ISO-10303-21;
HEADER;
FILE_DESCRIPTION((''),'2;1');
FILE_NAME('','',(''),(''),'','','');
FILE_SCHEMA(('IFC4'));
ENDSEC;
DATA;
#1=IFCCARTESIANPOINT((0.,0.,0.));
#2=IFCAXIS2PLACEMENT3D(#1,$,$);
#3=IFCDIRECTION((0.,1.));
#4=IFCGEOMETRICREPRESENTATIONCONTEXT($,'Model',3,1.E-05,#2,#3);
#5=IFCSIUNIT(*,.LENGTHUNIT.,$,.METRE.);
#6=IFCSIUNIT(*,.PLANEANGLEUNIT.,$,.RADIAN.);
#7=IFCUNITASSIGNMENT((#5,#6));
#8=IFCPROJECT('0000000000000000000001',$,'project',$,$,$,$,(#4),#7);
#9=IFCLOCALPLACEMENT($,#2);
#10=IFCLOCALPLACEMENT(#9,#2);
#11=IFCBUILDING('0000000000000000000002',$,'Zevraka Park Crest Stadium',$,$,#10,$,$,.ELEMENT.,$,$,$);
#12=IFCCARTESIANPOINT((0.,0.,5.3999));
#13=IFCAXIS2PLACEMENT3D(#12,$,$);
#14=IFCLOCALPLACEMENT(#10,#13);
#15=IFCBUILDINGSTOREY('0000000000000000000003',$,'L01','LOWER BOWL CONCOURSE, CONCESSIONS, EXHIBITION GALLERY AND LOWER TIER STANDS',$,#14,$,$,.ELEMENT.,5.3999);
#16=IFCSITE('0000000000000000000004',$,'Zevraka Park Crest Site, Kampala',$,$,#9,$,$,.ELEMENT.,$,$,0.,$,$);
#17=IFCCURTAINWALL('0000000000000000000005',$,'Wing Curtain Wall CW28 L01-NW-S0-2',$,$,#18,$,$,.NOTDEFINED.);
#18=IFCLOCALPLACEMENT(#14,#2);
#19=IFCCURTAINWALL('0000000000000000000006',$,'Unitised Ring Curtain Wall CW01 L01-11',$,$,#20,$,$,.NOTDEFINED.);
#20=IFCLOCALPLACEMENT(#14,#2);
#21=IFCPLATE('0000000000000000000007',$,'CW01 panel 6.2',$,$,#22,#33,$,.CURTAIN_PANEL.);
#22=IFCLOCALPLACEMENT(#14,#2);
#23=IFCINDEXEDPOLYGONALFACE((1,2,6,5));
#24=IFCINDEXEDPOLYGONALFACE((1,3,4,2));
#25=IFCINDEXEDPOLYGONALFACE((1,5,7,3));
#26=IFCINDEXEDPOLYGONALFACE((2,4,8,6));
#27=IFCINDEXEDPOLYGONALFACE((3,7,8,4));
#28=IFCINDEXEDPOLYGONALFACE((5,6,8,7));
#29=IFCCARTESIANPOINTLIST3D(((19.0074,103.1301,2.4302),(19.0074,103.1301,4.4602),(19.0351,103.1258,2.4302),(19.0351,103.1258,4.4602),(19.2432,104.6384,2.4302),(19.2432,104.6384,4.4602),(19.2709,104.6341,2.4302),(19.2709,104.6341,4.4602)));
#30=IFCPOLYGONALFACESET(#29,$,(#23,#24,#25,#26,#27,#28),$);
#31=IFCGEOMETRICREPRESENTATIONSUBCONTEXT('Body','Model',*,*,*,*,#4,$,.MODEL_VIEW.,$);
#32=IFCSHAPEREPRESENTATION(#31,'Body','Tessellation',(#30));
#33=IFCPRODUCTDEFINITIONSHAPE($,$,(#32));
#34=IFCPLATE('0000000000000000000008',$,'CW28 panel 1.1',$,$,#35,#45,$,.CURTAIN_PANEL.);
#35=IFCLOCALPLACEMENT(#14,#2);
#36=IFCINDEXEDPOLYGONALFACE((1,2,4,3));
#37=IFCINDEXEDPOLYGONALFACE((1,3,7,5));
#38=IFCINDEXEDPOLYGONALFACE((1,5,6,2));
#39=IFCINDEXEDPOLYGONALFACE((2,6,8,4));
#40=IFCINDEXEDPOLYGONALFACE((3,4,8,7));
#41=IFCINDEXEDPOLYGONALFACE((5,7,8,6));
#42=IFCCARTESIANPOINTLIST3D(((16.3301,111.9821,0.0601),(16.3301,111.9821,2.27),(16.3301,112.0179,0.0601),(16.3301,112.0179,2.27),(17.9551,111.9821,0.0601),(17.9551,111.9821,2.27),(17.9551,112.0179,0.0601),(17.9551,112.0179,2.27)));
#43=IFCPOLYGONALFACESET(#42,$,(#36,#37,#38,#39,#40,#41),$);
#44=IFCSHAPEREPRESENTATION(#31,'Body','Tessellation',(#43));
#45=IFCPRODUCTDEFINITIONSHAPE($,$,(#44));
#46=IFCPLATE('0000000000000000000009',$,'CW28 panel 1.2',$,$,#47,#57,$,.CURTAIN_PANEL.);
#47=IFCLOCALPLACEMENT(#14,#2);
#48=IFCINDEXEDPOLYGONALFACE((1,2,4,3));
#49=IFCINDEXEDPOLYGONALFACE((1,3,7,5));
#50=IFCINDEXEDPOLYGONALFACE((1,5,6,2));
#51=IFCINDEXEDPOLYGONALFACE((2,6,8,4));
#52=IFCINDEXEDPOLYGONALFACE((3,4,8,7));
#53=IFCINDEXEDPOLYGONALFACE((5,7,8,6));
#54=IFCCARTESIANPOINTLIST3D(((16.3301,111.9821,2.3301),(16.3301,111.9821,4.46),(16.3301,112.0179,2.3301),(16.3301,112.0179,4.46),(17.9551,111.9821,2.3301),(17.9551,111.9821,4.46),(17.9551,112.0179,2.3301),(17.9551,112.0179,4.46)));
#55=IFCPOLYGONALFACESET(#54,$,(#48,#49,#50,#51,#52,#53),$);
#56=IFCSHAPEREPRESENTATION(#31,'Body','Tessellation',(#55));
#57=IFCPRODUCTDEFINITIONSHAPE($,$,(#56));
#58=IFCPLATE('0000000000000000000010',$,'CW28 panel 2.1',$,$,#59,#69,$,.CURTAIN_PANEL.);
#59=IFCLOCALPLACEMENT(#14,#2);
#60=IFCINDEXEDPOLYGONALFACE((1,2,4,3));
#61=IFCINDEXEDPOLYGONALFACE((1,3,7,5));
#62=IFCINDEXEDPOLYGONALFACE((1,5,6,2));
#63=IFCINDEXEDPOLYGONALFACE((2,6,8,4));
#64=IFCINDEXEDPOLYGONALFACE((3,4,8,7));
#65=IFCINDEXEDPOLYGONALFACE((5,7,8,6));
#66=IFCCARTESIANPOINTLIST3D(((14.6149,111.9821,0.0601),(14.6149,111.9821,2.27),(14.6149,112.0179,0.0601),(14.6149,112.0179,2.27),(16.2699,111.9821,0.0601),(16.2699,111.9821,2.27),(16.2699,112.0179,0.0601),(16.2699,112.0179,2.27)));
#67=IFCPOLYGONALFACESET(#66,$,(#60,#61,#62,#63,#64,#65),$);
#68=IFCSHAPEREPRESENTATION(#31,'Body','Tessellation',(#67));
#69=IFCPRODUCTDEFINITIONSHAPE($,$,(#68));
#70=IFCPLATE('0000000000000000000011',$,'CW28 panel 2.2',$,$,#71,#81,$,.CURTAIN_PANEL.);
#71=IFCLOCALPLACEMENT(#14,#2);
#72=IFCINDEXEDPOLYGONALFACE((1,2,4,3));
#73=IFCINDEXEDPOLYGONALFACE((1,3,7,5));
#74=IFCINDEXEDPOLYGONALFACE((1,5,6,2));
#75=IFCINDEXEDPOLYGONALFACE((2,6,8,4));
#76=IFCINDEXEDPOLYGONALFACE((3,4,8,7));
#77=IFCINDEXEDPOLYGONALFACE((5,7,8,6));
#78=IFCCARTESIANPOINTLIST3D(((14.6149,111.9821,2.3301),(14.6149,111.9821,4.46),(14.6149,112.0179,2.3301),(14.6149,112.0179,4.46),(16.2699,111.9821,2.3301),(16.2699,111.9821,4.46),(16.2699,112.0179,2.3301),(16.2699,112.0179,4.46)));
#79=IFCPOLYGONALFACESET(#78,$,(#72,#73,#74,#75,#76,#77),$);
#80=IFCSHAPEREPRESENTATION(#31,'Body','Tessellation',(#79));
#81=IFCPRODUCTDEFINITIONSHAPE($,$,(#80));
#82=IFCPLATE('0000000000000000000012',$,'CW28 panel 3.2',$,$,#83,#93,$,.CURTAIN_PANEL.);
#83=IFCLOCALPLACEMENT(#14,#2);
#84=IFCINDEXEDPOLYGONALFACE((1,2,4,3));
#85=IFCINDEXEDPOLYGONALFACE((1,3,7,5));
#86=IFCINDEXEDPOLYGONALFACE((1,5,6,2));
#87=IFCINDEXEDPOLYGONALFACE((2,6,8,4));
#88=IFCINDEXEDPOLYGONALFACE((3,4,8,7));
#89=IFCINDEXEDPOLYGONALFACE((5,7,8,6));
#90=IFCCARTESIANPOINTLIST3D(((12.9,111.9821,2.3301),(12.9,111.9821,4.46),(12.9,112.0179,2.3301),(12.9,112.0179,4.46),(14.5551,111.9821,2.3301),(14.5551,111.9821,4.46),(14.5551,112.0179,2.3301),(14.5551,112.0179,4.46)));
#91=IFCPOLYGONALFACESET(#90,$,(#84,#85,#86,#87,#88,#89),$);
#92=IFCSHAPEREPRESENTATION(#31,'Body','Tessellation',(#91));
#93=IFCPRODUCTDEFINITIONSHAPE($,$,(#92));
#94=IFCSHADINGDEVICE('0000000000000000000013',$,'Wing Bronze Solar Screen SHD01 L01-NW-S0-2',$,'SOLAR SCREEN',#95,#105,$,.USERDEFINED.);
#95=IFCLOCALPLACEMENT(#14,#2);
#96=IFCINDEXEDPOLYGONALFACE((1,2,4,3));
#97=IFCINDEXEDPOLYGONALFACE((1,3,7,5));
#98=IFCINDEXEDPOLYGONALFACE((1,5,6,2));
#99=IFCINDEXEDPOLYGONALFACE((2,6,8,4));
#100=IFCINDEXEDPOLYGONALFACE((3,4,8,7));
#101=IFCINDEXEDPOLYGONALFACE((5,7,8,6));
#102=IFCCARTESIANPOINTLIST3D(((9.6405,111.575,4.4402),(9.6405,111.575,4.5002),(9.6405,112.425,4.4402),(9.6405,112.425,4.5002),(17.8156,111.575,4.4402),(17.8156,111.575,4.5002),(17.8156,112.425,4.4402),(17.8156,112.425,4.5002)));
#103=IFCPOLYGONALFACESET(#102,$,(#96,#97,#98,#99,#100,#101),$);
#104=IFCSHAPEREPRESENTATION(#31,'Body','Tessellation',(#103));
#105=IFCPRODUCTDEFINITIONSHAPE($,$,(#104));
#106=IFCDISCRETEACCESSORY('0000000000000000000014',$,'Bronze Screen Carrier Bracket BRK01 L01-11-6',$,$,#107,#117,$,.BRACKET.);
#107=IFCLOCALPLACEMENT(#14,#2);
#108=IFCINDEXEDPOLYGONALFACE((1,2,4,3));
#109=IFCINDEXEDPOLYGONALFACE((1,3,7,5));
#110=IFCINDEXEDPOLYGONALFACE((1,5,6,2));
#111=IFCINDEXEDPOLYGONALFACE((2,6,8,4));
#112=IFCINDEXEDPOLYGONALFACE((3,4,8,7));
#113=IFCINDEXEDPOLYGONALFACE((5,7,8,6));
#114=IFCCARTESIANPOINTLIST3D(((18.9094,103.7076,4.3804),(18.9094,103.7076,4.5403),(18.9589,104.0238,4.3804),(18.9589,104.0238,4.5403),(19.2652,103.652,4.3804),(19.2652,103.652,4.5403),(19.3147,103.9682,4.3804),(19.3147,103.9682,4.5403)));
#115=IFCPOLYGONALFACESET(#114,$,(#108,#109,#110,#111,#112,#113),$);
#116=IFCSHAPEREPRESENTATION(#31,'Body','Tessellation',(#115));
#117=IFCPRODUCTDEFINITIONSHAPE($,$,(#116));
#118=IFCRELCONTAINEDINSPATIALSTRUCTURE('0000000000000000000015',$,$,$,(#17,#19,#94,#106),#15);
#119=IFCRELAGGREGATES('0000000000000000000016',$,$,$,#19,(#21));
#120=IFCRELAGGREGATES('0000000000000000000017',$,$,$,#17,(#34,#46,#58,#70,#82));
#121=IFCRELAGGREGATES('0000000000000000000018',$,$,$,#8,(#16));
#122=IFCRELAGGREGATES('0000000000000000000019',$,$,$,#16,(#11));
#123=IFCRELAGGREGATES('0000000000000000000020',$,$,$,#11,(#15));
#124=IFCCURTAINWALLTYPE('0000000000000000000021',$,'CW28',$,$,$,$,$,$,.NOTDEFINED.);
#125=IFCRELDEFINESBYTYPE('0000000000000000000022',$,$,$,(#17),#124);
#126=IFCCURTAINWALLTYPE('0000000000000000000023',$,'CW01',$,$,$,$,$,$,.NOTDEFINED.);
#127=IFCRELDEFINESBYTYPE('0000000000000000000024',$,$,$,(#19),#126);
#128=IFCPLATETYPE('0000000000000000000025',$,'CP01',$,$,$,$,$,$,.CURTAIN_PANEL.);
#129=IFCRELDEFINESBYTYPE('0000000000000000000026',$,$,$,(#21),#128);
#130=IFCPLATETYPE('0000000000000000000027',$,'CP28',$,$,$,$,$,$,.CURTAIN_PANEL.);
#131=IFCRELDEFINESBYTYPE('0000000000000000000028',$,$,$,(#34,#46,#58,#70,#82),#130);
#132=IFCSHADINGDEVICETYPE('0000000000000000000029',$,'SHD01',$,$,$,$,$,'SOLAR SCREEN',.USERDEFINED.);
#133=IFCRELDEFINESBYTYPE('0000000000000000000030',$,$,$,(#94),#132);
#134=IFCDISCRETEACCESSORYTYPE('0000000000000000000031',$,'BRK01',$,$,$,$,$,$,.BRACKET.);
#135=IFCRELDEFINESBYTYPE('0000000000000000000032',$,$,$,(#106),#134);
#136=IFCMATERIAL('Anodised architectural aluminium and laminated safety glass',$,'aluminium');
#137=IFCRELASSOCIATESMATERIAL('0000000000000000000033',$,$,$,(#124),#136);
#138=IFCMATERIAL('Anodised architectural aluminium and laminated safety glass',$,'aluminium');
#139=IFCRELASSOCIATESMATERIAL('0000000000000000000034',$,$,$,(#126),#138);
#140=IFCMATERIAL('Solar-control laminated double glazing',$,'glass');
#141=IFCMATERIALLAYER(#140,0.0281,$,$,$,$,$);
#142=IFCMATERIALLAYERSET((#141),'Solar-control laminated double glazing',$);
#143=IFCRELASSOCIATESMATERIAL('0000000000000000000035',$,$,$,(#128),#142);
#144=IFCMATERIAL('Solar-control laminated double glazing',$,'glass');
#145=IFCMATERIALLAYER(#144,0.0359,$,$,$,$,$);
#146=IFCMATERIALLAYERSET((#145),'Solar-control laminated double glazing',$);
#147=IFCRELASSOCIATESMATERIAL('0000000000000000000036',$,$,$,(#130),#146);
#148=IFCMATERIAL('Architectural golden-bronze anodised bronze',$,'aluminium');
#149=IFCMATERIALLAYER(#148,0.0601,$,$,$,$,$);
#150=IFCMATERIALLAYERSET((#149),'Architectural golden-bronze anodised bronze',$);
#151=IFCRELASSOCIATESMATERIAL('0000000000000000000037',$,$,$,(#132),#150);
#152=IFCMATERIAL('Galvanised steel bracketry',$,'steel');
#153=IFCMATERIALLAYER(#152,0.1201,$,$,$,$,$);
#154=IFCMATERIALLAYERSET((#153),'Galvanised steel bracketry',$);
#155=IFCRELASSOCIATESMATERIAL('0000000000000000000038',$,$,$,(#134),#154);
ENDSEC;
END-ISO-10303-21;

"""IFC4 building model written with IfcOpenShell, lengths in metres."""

from ifc_helpers import new_model, si_unit, direction, frame, origin, origin_2d, place, context, subcontext, project, spatial, rectangle, extrude, material, layer, layer_set, type_object, element, aggregate, save


model = new_model("IFC4")

# Units and contexts
model_context = context("Model", 3, precision=1e-05, world=origin(), true_north=direction((0.0, 1.0)))
body_context = subcontext(model_context, "Body", "Model", "MODEL_VIEW")
ifc_project = project(units=[si_unit("LENGTHUNIT", "METRE"), si_unit("PLANEANGLEUNIT", "RADIAN")], contexts=[model_context])

# Site, building, storey
site_placement = place(None, origin())
site = spatial("IfcSite", under=ifc_project, at=site_placement, Name="Zevraka Park Crest Site, Kampala", CompositionType="ELEMENT", RefElevation=0.0)
building_placement = place(site_placement, origin())
building = spatial("IfcBuilding", under=site, at=building_placement, Name="Zevraka Park Crest Stadium", CompositionType="ELEMENT")
storey_placement = place(building_placement, frame((0.0, 0.0, 5.3999)))
storey = spatial("IfcBuildingStorey", under=building, at=storey_placement, Name="L01", Description="LOWER BOWL CONCOURSE, CONCESSIONS, EXHIBITION GALLERY AND LOWER TIER STANDS", CompositionType="ELEMENT", Elevation=5.3999)

# Curtain wall
ifc_material_1 = material(Name="Anodised architectural aluminium and laminated safety glass", Category="aluminium")
curtain_wall_type_1 = type_object("IfcCurtainWallType", Name="CW28", PredefinedType="NOTDEFINED", material=ifc_material_1)
curtain_wall_1_placement = place(storey_placement, origin())
curtain_wall_1 = element("IfcCurtainWall", 1, at=curtain_wall_1_placement, inside=storey, type_object=curtain_wall_type_1, Name="Wing Curtain Wall CW28 L01-NW-S0-2", PredefinedType="NOTDEFINED")

# Curtain wall
ifc_material_2 = material(Name="Anodised architectural aluminium and laminated safety glass", Category="aluminium")
curtain_wall_type_2 = type_object("IfcCurtainWallType", Name="CW01", PredefinedType="NOTDEFINED", material=ifc_material_2)
curtain_wall_2_placement = place(storey_placement, origin())
curtain_wall_2 = element("IfcCurtainWall", 2, at=curtain_wall_2_placement, inside=storey, type_object=curtain_wall_type_2, Name="Unitised Ring Curtain Wall CW01 L01-11", PredefinedType="NOTDEFINED")

# Plates
ifc_material_3 = material(Name="Solar-control laminated double glazing", Category="glass")
ifc_layer_1 = layer(ifc_material_3, 0.0281)
ifc_layer_set_1 = layer_set([ifc_layer_1], Name="Solar-control laminated double glazing")
plate_type_1 = type_object("IfcPlateType", Name="CP01", PredefinedType="CURTAIN_PANEL", material=ifc_layer_set_1)
plate_1_placement = place(storey_placement, frame((19.1392, 103.8821, 2.4302), z_axis=(0.0, 0.0, 1.0), x_axis=(-0.154476, -0.987997, 0.0)))
plate_1 = element("IfcPlate", 3, at=plate_1_placement, type_object=plate_type_1, Name="CW01 panel 6.2", PredefinedType="CURTAIN_PANEL", context=body_context, shape_type="SweptSolid", body=[
    extrude(rectangle(XDim=1.5266, YDim=0.0281, at=origin_2d()), origin(), (0.0, 0.0, 1.0), 2.03),
])
aggregate(curtain_wall_2, [plate_1])
ifc_material_4 = material(Name="Solar-control laminated double glazing", Category="glass")
ifc_layer_2 = layer(ifc_material_4, 0.0359)
ifc_layer_set_2 = layer_set([ifc_layer_2], Name="Solar-control laminated double glazing")
plate_type_2 = type_object("IfcPlateType", Name="CP28", PredefinedType="CURTAIN_PANEL", material=ifc_layer_set_2)
plate_2_placement = place(storey_placement, frame((17.1426, 112.0, 0.0601), z_axis=(0.0, 0.0, 1.0), x_axis=(-1.0, 0.0, 0.0)))
plate_2 = element("IfcPlate", 4, at=plate_2_placement, type_object=plate_type_2, Name="CW28 panel 1.1", PredefinedType="CURTAIN_PANEL", context=body_context, shape_type="SweptSolid", body=[
    extrude(rectangle(XDim=1.625, YDim=0.0359, at=origin_2d()), origin(), (0.0, 0.0, 1.0), 2.21),
])
plate_3_placement = place(storey_placement, frame((17.1426, 112.0, 2.3301), z_axis=(0.0, 0.0, 1.0), x_axis=(-1.0, 0.0, 0.0)))
plate_3 = element("IfcPlate", 5, at=plate_3_placement, type_object=plate_type_2, Name="CW28 panel 1.2", PredefinedType="CURTAIN_PANEL", context=body_context, shape_type="SweptSolid", body=[
    extrude(rectangle(XDim=1.625, YDim=0.0359, at=origin_2d()), origin(), (0.0, 0.0, 1.0), 2.1299),
])
plate_4_placement = place(storey_placement, frame((15.4424, 112.0, 0.0601), z_axis=(0.0, 0.0, 1.0), x_axis=(-1.0, 0.0, 0.0)))
plate_4 = element("IfcPlate", 6, at=plate_4_placement, type_object=plate_type_2, Name="CW28 panel 2.1", PredefinedType="CURTAIN_PANEL", context=body_context, shape_type="SweptSolid", body=[
    extrude(rectangle(XDim=1.655, YDim=0.0359, at=origin_2d()), origin(), (0.0, 0.0, 1.0), 2.21),
])
plate_5_placement = place(storey_placement, frame((15.4424, 112.0, 2.3301), z_axis=(0.0, 0.0, 1.0), x_axis=(-1.0, 0.0, 0.0)))
plate_5 = element("IfcPlate", 7, at=plate_5_placement, type_object=plate_type_2, Name="CW28 panel 2.2", PredefinedType="CURTAIN_PANEL", context=body_context, shape_type="SweptSolid", body=[
    extrude(rectangle(XDim=1.655, YDim=0.0359, at=origin_2d()), origin(), (0.0, 0.0, 1.0), 2.1299),
])
plate_6_placement = place(storey_placement, frame((13.7275, 112.0, 2.3301), z_axis=(0.0, 0.0, 1.0), x_axis=(-1.0, 0.0, 0.0)))
plate_6 = element("IfcPlate", 8, at=plate_6_placement, type_object=plate_type_2, Name="CW28 panel 3.2", PredefinedType="CURTAIN_PANEL", context=body_context, shape_type="SweptSolid", body=[
    extrude(rectangle(XDim=1.655, YDim=0.0359, at=origin_2d()), origin(), (0.0, 0.0, 1.0), 2.1299),
])
aggregate(curtain_wall_1, [plate_2, plate_3, plate_4, plate_5, plate_6])

# Shading device
ifc_material_5 = material(Name="Architectural golden-bronze anodised bronze", Category="aluminium")
ifc_layer_3 = layer(ifc_material_5, 0.0601)
ifc_layer_set_3 = layer_set([ifc_layer_3], Name="Architectural golden-bronze anodised bronze")
shading_device_type = type_object("IfcShadingDeviceType", Name="SHD01", ElementType="SOLAR SCREEN", PredefinedType="USERDEFINED", material=ifc_layer_set_3)
shading_device_placement = place(storey_placement, frame((13.728, 112.0, 4.4402), z_axis=(0.0, 0.0, 1.0), x_axis=(-1.0, 0.0, 0.0)))
element("IfcShadingDevice", 9, at=shading_device_placement, inside=storey, type_object=shading_device_type, Name="Wing Bronze Solar Screen SHD01 L01-NW-S0-2", ObjectType="SOLAR SCREEN", PredefinedType="USERDEFINED", context=body_context, shape_type="SweptSolid", body=[
    extrude(rectangle(XDim=8.175, YDim=0.8501, at=origin_2d()), origin(), (0.0, 0.0, 1.0), 0.0601),
])

# Discrete accessory
ifc_material_6 = material(Name="Galvanised steel bracketry", Category="steel")
ifc_layer_4 = layer(ifc_material_6, 0.1201)
ifc_layer_set_4 = layer_set([ifc_layer_4], Name="Galvanised steel bracketry")
discrete_accessory_type = type_object("IfcDiscreteAccessoryType", Name="BRK01", PredefinedType="BRACKET", material=ifc_layer_set_4)
discrete_accessory_placement = place(storey_placement, frame((19.1121, 103.8379, 4.3804), z_axis=(0.0, 0.0, 1.0), x_axis=(-0.154538, -0.987987, 0.0)))
element("IfcDiscreteAccessory", 10, at=discrete_accessory_placement, inside=storey, type_object=discrete_accessory_type, Name="Bronze Screen Carrier Bracket BRK01 L01-11-6", PredefinedType="BRACKET", context=body_context, shape_type="SweptSolid", body=[
    extrude(rectangle(XDim=0.3201, YDim=0.3601, at=origin_2d()), origin(), (0.0, 0.0, 1.0), 0.1599),
])

save(model, "model.ifc")
